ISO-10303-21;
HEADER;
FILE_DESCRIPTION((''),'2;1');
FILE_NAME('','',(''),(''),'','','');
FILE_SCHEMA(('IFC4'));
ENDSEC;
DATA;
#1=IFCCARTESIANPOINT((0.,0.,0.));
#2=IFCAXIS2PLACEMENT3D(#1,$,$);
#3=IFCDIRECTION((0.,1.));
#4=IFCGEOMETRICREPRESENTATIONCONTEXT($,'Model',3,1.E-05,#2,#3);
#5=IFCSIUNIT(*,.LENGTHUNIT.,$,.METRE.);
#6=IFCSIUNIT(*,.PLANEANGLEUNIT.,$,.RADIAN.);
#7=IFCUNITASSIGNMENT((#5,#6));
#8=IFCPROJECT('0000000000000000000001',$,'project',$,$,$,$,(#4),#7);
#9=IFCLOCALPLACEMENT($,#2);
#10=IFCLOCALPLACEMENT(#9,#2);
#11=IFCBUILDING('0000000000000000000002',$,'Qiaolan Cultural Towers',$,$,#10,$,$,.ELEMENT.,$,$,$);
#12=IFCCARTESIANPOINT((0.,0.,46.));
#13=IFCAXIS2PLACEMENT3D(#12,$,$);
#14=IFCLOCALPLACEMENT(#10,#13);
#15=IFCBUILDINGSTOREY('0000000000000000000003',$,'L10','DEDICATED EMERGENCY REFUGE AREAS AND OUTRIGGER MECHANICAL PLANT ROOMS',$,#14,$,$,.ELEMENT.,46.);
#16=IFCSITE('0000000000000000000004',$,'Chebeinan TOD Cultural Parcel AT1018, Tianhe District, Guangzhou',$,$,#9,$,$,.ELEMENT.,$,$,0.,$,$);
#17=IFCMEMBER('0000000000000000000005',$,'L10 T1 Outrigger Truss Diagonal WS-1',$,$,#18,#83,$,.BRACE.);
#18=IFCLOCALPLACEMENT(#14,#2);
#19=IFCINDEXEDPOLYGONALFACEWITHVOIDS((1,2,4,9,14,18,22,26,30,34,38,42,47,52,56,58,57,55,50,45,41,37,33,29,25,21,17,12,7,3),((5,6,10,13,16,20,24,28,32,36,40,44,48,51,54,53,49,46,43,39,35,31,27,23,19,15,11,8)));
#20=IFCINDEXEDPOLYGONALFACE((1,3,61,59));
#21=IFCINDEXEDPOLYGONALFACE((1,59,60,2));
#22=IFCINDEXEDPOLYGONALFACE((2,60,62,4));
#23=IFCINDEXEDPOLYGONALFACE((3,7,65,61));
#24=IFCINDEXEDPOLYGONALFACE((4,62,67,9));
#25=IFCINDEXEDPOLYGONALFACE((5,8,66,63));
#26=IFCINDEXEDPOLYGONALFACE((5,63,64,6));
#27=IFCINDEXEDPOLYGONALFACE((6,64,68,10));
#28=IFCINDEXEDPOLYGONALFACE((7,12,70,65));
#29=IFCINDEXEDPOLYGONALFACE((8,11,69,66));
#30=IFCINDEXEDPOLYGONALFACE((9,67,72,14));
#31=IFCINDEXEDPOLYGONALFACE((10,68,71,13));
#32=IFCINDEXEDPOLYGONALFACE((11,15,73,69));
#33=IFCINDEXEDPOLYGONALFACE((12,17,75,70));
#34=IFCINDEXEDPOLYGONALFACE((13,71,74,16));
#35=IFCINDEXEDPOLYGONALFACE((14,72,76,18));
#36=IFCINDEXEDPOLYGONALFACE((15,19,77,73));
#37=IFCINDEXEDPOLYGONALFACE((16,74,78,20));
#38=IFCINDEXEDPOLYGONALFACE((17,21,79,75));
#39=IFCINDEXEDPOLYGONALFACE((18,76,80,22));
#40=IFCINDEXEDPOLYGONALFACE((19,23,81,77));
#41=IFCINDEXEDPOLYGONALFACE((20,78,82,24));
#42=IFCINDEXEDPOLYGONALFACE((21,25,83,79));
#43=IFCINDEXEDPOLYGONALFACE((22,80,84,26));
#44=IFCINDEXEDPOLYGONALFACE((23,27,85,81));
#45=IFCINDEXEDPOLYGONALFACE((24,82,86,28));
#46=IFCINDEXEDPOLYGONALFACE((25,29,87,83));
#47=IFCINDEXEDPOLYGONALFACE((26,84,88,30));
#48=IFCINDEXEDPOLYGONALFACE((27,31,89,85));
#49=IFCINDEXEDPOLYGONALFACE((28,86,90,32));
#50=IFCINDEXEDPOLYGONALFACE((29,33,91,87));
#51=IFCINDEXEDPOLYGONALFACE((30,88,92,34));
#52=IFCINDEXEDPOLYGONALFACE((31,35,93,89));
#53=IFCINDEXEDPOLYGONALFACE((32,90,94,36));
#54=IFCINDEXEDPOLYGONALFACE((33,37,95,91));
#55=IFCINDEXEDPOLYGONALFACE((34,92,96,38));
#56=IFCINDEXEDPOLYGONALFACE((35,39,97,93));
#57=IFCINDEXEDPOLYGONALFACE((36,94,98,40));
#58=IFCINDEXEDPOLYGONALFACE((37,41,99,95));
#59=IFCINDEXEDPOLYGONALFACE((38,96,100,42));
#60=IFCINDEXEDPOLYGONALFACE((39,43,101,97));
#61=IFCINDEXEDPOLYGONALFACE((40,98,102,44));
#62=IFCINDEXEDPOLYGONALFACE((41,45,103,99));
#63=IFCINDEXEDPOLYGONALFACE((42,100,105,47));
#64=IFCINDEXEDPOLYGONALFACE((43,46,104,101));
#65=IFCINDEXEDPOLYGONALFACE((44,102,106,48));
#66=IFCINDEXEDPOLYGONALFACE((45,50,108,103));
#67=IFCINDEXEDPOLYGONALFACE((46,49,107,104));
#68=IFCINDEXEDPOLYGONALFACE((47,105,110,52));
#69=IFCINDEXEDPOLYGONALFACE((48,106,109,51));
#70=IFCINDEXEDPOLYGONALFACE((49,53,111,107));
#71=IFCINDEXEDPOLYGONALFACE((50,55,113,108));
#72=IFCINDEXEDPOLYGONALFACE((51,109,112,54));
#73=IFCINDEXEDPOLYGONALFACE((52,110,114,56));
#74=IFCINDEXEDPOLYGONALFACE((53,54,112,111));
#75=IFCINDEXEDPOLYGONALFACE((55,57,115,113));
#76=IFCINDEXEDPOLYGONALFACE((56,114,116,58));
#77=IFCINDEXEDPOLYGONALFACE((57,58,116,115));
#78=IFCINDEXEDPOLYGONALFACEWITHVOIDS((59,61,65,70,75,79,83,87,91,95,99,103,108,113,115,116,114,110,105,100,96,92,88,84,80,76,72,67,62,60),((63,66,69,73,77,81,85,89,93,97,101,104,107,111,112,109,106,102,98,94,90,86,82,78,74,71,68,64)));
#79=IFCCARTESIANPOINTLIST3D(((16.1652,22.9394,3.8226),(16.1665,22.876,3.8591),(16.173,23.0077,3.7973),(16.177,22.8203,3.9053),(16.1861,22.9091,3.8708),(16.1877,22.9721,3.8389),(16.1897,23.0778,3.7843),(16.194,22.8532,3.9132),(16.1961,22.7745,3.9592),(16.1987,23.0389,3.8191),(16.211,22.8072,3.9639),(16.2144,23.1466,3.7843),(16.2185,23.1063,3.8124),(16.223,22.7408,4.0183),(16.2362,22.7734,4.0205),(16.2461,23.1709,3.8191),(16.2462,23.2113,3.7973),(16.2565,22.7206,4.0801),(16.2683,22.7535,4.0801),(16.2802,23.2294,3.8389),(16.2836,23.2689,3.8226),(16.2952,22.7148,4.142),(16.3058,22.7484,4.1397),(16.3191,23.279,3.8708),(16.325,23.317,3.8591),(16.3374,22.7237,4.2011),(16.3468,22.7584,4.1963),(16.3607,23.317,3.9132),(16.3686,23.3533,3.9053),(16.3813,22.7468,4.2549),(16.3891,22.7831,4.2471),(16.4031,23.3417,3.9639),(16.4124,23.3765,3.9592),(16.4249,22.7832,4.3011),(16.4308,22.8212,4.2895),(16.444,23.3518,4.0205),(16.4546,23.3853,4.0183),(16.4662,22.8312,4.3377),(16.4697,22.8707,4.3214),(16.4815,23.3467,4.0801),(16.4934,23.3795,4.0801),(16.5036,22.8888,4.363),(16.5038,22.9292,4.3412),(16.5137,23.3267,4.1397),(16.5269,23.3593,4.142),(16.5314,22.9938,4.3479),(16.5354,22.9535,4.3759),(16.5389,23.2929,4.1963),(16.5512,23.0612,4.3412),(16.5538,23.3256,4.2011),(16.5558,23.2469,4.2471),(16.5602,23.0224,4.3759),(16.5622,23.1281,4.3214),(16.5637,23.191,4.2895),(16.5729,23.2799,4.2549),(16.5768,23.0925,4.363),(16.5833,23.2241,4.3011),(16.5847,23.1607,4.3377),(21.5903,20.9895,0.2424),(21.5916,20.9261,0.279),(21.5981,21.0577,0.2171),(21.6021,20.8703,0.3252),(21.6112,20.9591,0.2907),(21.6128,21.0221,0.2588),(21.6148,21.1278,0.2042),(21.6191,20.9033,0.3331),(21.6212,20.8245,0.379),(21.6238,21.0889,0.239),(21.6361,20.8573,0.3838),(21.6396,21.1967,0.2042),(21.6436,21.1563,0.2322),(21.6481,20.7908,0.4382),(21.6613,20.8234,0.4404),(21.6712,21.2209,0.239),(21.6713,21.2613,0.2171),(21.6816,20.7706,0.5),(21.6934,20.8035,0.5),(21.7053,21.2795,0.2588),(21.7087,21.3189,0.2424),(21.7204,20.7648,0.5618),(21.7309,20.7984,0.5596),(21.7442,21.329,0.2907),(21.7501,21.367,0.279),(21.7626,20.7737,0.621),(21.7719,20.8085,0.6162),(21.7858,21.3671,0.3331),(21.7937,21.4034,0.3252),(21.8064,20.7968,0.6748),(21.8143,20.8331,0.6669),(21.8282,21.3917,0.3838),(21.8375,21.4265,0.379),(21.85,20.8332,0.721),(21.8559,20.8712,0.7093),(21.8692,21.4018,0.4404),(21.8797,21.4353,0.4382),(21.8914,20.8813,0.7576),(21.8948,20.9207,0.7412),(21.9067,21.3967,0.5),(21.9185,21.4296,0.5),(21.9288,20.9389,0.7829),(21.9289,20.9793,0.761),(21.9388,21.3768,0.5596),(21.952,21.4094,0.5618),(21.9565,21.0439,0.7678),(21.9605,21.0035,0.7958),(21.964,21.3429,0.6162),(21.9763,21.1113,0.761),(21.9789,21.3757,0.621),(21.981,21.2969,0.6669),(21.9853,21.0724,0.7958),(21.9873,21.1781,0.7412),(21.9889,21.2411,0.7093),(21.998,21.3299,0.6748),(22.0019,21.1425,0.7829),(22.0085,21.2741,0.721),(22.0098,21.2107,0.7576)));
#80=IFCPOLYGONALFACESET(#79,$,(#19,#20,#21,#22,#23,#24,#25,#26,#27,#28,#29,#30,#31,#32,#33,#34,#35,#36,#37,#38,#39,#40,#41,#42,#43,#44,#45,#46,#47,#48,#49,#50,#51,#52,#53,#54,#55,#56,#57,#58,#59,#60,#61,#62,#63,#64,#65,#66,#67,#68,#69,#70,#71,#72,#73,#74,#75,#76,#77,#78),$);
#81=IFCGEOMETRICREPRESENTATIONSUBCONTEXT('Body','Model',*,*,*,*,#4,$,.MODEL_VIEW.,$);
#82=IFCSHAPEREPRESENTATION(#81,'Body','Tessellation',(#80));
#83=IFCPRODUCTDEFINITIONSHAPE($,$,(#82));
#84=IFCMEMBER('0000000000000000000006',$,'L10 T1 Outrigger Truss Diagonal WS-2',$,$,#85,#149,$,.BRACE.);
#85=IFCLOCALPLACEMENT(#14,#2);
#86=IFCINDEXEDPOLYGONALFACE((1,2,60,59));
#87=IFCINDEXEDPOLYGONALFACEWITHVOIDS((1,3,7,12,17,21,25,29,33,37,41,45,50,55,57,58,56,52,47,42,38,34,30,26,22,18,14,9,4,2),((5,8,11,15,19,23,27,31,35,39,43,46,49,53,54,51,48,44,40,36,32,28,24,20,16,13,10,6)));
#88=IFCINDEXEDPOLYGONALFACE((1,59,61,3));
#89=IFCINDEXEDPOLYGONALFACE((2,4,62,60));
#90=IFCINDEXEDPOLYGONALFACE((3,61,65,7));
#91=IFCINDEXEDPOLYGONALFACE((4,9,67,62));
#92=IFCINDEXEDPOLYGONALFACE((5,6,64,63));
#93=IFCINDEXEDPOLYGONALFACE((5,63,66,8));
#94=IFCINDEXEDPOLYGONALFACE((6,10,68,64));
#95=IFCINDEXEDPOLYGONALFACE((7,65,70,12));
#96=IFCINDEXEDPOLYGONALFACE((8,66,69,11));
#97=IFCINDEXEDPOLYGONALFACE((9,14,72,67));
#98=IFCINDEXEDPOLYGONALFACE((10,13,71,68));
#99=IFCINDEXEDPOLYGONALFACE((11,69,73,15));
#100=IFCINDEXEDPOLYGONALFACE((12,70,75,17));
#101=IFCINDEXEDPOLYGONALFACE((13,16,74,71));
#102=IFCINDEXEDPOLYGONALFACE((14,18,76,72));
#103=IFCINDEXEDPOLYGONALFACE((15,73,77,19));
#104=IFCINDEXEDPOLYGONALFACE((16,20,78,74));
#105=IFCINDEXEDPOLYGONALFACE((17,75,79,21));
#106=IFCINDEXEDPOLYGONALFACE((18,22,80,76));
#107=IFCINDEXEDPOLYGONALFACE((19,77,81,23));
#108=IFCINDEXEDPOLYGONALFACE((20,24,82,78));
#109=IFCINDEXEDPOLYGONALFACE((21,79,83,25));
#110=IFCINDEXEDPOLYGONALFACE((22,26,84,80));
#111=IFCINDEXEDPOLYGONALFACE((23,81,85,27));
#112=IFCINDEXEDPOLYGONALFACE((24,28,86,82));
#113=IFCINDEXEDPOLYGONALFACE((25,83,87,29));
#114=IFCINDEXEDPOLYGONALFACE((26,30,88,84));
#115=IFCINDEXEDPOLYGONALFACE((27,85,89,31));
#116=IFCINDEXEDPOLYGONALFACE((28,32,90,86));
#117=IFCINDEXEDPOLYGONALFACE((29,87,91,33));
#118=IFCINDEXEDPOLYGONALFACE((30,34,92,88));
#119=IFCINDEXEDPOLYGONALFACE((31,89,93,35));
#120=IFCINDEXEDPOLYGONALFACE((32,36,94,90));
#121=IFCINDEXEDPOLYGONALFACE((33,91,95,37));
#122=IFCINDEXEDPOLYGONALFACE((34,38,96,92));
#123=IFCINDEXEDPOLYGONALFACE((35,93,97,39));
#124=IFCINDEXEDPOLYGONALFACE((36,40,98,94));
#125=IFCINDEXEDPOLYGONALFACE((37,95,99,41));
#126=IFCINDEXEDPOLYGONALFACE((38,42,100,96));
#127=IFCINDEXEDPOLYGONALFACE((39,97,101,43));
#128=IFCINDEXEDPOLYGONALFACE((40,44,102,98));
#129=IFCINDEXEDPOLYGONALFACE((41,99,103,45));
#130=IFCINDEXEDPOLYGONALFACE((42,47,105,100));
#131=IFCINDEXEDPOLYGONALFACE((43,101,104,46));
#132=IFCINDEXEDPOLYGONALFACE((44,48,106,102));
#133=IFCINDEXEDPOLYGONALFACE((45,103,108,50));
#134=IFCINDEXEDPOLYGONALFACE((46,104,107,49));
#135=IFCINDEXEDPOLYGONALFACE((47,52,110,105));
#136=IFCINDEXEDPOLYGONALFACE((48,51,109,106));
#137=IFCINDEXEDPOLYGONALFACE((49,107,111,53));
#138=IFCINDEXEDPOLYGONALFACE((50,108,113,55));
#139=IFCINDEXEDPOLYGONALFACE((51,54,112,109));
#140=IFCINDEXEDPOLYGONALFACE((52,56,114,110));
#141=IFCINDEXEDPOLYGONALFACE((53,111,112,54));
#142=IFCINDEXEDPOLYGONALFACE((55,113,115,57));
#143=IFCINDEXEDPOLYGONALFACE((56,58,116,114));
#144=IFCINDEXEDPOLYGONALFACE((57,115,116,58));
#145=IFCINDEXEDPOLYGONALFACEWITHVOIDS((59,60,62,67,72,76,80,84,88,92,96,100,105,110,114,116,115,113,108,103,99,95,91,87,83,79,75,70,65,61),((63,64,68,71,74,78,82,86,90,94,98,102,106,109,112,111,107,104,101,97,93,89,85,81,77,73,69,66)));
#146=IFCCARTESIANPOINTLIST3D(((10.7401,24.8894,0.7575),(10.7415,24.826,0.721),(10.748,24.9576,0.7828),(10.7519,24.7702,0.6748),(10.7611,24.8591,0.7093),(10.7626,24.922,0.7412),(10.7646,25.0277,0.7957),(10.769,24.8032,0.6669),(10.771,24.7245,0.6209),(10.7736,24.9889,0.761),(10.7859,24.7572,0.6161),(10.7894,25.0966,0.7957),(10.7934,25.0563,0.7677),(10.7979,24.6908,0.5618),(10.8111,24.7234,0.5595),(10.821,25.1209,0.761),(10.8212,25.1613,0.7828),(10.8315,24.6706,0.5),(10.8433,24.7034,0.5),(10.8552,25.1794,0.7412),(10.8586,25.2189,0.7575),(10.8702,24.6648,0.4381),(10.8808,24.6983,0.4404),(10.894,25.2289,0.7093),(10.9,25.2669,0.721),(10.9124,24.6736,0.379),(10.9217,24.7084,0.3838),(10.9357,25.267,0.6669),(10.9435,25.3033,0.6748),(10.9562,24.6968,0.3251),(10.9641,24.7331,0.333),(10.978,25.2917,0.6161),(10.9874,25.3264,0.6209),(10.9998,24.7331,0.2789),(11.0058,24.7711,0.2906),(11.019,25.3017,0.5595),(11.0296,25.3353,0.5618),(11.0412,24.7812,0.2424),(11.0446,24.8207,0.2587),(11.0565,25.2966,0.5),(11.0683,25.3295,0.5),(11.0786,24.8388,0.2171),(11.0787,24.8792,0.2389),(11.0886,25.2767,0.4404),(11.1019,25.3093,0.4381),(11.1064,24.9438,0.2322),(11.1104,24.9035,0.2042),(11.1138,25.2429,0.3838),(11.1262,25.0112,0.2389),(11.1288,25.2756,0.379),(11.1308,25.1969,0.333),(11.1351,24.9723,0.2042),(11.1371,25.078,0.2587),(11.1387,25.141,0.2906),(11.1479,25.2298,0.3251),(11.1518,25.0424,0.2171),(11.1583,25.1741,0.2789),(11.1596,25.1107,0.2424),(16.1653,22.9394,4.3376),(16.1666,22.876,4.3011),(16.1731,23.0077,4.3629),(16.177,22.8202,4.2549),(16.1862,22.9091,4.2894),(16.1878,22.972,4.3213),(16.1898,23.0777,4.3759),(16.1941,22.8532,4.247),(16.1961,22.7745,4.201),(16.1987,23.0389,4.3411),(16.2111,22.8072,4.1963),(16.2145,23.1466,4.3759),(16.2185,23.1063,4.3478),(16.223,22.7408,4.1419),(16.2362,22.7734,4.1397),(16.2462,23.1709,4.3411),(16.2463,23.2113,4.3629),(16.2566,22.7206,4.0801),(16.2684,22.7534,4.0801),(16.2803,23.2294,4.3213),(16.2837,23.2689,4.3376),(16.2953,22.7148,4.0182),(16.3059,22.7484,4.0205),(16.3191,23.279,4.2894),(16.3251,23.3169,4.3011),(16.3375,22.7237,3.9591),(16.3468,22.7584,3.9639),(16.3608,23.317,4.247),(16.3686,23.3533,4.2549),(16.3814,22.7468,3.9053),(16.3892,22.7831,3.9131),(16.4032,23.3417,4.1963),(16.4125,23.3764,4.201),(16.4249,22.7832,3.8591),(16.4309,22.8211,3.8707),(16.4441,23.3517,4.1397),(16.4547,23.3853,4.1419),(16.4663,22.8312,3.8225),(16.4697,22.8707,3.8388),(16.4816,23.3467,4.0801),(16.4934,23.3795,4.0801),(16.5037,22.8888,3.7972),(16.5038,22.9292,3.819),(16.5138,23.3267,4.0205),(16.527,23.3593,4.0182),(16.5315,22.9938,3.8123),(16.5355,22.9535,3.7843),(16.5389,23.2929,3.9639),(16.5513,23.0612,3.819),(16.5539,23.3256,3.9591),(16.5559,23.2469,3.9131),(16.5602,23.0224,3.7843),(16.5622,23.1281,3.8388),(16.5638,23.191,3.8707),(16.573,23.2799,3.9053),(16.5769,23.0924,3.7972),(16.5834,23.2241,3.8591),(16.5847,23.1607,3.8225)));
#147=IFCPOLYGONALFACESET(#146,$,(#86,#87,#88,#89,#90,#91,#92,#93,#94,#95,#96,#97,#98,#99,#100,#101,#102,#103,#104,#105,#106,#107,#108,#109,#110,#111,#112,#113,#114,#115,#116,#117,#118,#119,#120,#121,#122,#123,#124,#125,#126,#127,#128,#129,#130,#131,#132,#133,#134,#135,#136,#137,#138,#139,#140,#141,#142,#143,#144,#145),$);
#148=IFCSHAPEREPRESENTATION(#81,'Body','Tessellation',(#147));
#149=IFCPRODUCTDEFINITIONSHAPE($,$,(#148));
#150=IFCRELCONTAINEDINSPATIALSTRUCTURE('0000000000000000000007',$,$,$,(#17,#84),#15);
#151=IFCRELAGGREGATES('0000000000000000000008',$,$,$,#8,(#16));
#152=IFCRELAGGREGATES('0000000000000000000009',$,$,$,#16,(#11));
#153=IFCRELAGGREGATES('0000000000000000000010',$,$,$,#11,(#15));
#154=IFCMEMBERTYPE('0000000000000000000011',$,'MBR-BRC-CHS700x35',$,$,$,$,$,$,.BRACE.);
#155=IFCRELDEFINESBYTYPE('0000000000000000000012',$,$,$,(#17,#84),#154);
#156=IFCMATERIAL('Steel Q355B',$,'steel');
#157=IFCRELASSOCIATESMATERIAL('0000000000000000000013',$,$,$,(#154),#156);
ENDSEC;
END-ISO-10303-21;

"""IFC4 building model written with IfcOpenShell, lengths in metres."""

from ifc_helpers import new_model, si_unit, direction, frame, origin, origin_2d, place, context, subcontext, project, spatial, hollow_circle, extrude, material, material_profile, profile_set, type_object, element, save


model = new_model("IFC4")

# Units and contexts
model_context = context("Model", 3, precision=1e-05, world=origin(), true_north=direction((0.0, 1.0)))
body_context = subcontext(model_context, "Body", "Model", "MODEL_VIEW")
ifc_project = project(units=[si_unit("LENGTHUNIT", "METRE"), si_unit("PLANEANGLEUNIT", "RADIAN")], contexts=[model_context])

# Site, building, storey
site_placement = place(None, origin())
site = spatial("IfcSite", under=ifc_project, at=site_placement, Name="Chebeinan TOD Cultural Parcel AT1018, Tianhe District, Guangzhou", CompositionType="ELEMENT", RefElevation=0.0)
building_placement = place(site_placement, origin())
building = spatial("IfcBuilding", under=site, at=building_placement, Name="Qiaolan Cultural Towers", CompositionType="ELEMENT")
storey_placement = place(building_placement, frame((0.0, 0.0, 46.0)))
storey = spatial("IfcBuildingStorey", under=building, at=storey_placement, Name="L10", Description="DEDICATED EMERGENCY REFUGE AREAS AND OUTRIGGER MECHANICAL PLANT ROOMS", CompositionType="ELEMENT", Elevation=46.0)

# Members
ifc_material_1 = material(Name="Steel Q355B", Category="steel")
ifc_material_profile_1 = material_profile(ifc_material_1, hollow_circle(Radius=0.3501, WallThickness=0.0349, at=origin_2d()), Name="CHS700x35")
ifc_profile_set_1 = profile_set([ifc_material_profile_1], Name="Steel Q355B")
member_type_1 = type_object("IfcMemberType", Name="MBR-BRC-CHS700x35", PredefinedType="BRACE", material=ifc_profile_set_1)
for number, where, z_axis, x_axis, name in (
    (1, (21.8, 21.1001, 0.5), (-0.799442, 0.287347, 0.527565), (-0.338249, -0.941057, 0.0), "L10 T1 Outrigger Truss Diagonal WS-1"),
    (2, (16.375, 23.05, 4.0801), (-0.799442, 0.287347, -0.527565), (-0.338249, -0.941057, 0.0), "L10 T1 Outrigger Truss Diagonal WS-2"),
):
    element("IfcMember", number, at=place(storey_placement, frame(where, z_axis=z_axis, x_axis=x_axis)), inside=storey, type_object=member_type_1, Name=name, PredefinedType="BRACE", context=body_context, shape_type="SweptSolid", body=[
        extrude(hollow_circle(Radius=0.3501, WallThickness=0.0349, at=origin_2d()), origin(), (0.0, 0.0, 1.0), 6.7861),
    ])

save(model, "model.ifc")
